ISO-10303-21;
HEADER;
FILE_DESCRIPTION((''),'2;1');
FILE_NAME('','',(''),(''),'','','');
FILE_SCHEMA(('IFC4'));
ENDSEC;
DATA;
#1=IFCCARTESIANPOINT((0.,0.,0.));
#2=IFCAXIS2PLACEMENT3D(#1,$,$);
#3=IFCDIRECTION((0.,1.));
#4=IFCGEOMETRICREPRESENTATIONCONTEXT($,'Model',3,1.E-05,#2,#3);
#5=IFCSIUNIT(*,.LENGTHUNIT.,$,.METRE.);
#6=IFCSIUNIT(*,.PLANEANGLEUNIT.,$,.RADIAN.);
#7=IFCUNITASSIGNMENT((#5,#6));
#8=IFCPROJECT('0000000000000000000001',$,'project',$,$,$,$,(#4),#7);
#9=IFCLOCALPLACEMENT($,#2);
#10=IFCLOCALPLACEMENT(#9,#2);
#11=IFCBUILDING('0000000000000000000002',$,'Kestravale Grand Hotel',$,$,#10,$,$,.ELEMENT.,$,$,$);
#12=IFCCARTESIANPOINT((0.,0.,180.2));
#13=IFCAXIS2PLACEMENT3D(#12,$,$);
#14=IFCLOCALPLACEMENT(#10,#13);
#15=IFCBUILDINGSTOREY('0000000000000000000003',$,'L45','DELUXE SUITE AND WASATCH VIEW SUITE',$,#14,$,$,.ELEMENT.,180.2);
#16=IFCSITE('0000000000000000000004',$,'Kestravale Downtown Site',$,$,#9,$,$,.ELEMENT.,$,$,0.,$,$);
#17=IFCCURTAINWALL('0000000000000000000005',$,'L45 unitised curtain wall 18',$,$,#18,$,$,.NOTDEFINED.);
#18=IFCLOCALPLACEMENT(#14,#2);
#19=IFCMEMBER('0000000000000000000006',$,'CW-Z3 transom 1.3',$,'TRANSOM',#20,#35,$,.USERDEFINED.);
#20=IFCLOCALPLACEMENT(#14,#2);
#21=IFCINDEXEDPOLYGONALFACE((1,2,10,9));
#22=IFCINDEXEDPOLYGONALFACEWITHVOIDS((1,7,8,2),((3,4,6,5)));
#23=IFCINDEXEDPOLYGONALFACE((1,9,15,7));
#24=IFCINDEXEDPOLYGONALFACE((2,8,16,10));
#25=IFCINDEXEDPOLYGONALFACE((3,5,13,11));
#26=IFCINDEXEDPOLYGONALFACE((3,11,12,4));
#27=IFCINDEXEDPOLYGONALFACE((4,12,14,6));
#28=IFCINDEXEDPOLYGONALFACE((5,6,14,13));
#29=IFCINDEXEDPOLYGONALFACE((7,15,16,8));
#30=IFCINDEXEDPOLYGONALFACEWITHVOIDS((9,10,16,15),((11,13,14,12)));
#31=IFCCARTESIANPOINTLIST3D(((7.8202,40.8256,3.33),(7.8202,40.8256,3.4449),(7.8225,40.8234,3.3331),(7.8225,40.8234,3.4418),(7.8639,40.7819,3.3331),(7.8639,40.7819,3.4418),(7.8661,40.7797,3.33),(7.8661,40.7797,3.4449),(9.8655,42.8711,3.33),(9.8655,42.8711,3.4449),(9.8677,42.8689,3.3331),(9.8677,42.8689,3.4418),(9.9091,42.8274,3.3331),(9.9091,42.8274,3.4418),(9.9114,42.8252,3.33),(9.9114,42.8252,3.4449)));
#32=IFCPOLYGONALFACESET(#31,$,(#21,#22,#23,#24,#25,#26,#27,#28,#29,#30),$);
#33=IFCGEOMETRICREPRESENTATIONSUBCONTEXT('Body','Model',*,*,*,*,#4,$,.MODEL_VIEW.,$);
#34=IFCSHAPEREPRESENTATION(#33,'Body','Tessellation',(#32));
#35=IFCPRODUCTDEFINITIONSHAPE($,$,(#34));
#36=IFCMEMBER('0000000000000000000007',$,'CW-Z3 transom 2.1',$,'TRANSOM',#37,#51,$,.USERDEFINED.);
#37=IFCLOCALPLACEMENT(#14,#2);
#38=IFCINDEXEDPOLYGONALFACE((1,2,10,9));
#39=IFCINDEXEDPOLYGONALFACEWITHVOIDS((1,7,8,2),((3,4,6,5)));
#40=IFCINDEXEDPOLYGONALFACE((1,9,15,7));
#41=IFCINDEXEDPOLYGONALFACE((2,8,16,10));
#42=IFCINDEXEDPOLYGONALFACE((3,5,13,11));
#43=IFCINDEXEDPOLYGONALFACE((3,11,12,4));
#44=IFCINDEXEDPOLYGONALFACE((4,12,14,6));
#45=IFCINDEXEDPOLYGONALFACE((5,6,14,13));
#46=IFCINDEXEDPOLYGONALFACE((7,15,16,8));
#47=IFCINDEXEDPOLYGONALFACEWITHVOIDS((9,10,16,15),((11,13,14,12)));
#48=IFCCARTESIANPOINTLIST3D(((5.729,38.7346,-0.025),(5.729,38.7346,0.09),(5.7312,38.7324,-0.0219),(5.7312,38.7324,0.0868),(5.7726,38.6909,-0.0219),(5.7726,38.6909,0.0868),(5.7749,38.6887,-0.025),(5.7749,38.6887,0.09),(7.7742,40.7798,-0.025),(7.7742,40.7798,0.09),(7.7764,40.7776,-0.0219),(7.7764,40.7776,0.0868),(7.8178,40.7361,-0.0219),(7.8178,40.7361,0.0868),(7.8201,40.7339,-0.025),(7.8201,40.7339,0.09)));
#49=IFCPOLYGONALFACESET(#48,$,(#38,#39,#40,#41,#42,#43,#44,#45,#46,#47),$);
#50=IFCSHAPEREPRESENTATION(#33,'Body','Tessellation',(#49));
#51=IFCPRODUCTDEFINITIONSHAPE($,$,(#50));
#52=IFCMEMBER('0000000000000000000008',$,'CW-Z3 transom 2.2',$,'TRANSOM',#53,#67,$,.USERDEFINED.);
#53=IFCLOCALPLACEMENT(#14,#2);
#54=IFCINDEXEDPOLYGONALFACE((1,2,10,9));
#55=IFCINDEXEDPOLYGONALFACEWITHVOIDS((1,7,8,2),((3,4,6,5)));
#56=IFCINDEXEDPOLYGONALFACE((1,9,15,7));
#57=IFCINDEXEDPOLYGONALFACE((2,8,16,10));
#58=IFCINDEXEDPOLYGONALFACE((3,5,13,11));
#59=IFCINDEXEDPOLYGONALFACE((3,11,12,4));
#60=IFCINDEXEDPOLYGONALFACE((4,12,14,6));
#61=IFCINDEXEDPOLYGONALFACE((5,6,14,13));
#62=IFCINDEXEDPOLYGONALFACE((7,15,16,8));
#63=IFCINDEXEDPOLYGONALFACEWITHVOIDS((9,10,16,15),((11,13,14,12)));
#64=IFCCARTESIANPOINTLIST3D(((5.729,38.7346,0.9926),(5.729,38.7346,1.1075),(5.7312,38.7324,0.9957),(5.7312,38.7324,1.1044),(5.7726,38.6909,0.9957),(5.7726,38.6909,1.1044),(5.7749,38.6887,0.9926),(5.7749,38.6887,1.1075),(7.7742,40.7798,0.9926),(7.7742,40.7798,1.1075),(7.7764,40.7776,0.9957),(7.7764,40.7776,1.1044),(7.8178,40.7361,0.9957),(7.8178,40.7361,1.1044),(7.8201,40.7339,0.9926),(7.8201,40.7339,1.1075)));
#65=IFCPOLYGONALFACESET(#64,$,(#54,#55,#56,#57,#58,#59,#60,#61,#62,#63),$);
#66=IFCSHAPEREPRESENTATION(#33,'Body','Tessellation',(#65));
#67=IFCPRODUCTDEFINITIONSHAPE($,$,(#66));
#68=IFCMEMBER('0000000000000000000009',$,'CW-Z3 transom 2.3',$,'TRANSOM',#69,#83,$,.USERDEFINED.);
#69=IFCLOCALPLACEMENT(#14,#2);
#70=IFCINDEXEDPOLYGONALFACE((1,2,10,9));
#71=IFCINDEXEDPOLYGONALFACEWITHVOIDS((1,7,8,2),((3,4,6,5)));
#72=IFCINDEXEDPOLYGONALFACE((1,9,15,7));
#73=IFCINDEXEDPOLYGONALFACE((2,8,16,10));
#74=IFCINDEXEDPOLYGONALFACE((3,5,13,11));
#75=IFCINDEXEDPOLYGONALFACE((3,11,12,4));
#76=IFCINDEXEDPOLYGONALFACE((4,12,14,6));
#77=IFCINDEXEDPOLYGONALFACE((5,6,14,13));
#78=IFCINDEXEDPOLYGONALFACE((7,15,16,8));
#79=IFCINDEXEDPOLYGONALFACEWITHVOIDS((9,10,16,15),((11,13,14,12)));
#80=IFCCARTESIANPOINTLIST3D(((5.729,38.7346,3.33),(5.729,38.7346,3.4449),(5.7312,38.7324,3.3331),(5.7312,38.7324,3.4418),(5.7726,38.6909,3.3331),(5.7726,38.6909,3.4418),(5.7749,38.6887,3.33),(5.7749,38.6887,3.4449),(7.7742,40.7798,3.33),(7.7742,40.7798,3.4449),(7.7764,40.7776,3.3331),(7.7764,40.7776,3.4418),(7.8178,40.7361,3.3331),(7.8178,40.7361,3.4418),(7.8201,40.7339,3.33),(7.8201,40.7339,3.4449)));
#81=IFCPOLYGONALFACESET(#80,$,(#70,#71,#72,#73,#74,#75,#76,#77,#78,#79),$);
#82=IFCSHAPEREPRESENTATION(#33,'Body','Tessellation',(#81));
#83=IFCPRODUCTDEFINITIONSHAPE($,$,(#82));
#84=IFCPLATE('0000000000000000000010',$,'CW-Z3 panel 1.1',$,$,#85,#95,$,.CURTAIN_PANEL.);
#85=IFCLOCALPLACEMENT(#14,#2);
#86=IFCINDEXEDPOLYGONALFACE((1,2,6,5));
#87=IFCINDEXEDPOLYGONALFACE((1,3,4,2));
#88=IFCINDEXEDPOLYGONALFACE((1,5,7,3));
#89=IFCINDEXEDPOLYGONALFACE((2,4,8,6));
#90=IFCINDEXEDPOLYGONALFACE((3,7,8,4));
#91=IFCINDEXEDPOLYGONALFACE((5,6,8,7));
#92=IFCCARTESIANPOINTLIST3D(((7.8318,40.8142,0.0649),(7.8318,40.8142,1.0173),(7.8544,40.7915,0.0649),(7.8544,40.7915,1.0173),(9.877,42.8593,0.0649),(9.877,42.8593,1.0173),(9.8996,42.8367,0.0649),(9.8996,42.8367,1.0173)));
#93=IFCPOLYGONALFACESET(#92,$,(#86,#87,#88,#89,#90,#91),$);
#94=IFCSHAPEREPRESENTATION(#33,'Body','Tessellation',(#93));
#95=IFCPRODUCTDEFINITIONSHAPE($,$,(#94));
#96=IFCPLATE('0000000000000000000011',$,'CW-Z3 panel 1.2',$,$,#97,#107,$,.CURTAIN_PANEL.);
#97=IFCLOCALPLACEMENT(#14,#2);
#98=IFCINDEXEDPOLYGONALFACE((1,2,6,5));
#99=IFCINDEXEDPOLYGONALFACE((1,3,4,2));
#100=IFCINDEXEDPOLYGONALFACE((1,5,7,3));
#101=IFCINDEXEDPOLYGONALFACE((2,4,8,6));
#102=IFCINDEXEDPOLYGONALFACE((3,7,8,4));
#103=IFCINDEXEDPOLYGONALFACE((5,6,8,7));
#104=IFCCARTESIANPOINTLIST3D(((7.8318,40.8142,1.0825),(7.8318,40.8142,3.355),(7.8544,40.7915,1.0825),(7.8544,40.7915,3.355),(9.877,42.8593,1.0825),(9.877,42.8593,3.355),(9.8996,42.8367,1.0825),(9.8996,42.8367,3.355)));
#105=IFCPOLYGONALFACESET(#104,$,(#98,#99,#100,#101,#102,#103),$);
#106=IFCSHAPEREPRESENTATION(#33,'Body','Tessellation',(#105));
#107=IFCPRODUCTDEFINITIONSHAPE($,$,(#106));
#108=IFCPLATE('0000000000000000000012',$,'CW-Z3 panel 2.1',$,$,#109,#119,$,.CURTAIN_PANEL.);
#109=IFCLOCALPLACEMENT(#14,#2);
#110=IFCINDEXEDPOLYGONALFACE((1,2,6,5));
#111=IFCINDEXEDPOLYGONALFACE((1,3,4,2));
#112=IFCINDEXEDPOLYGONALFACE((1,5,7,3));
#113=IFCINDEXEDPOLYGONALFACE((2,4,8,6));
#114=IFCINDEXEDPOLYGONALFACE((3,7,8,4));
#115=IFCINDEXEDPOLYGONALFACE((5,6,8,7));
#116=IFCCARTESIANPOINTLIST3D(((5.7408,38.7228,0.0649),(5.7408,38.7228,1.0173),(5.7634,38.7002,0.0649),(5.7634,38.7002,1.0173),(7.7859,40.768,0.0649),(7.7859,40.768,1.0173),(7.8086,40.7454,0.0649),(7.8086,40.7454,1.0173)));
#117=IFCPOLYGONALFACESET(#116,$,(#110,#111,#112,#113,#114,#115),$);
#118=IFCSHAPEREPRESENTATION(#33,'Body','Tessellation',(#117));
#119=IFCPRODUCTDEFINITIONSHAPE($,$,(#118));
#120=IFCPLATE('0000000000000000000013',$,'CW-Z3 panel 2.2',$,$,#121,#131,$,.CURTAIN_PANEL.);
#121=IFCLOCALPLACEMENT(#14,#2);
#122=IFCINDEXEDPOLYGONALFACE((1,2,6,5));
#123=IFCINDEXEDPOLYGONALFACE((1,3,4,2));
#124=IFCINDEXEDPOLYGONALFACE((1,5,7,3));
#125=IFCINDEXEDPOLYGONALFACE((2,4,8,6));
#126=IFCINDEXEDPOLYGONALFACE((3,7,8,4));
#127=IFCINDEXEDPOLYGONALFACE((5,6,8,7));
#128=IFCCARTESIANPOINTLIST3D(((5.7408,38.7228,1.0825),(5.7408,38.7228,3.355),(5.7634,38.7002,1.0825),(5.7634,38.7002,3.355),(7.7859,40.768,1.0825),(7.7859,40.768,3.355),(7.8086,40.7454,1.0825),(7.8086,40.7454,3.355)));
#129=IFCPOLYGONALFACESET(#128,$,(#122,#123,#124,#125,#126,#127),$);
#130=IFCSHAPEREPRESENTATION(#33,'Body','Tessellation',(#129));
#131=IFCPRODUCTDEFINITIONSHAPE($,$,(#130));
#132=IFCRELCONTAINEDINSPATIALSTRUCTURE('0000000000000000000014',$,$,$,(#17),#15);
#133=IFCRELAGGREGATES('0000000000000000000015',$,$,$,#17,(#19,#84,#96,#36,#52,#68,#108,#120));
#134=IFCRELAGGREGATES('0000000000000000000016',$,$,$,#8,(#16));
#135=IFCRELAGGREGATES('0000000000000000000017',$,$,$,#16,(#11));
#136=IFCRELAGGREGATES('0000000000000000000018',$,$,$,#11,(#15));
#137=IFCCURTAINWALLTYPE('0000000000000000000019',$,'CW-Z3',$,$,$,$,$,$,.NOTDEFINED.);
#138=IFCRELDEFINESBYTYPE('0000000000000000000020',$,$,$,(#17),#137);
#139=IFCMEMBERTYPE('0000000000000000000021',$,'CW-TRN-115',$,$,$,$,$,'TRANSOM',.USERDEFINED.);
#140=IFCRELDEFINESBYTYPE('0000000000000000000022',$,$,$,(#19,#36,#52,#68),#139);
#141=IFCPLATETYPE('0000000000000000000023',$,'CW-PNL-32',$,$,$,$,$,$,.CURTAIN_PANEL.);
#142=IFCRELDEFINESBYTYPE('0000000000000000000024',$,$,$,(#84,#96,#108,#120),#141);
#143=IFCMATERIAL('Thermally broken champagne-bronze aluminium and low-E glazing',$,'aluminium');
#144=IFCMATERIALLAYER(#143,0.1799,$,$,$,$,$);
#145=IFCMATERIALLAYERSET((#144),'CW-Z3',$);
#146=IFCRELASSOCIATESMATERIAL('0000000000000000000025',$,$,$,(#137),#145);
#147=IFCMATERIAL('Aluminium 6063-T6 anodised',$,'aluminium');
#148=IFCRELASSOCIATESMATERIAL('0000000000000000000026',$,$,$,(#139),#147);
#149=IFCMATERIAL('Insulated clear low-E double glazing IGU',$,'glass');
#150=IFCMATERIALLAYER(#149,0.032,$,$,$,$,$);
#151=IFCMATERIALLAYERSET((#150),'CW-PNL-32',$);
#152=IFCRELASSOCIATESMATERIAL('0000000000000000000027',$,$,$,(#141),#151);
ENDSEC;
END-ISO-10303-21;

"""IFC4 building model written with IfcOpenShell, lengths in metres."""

from ifc_helpers import new_model, si_unit, direction, frame, origin, origin_2d, place, context, subcontext, project, spatial, rectangle, hollow_rectangle, extrude, material, layer, layer_set, material_profile, profile_set, type_object, element, aggregate, save


model = new_model("IFC4")

# Units and contexts
model_context = context("Model", 3, precision=1e-05, world=origin(), true_north=direction((0.0, 1.0)))
body_context = subcontext(model_context, "Body", "Model", "MODEL_VIEW")
ifc_project = project(units=[si_unit("LENGTHUNIT", "METRE"), si_unit("PLANEANGLEUNIT", "RADIAN")], contexts=[model_context])

# Site, building, storey
site_placement = place(None, origin())
site = spatial("IfcSite", under=ifc_project, at=site_placement, Name="Kestravale Downtown Site", CompositionType="ELEMENT", RefElevation=0.0)
building_placement = place(site_placement, origin())
building = spatial("IfcBuilding", under=site, at=building_placement, Name="Kestravale Grand Hotel", CompositionType="ELEMENT")
storey_placement = place(building_placement, frame((0.0, 0.0, 180.2)))
storey = spatial("IfcBuildingStorey", under=building, at=storey_placement, Name="L45", Description="DELUXE SUITE AND WASATCH VIEW SUITE", CompositionType="ELEMENT", Elevation=180.2)

# Curtain wall, members, plates
ifc_material_1 = material(Name="Thermally broken champagne-bronze aluminium and low-E glazing", Category="aluminium")
ifc_layer_1 = layer(ifc_material_1, 0.1799)
ifc_layer_set_1 = layer_set([ifc_layer_1], Name="CW-Z3")
curtain_wall_type = type_object("IfcCurtainWallType", Name="CW-Z3", PredefinedType="NOTDEFINED", material=ifc_layer_set_1)
curtain_wall_placement = place(storey_placement, origin())
curtain_wall = element("IfcCurtainWall", 1, at=curtain_wall_placement, inside=storey, type_object=curtain_wall_type, Name="L45 unitised curtain wall 18", PredefinedType="NOTDEFINED")
ifc_material_2 = material(Name="Aluminium 6063-T6 anodised", Category="aluminium")
ifc_material_profile_1 = material_profile(ifc_material_2, hollow_rectangle(XDim=0.0649, YDim=0.115, WallThickness=0.0032, at=origin_2d()))
ifc_profile_set_1 = profile_set([ifc_material_profile_1], Name="Aluminium 6063-T6 anodised")
member_type_1 = type_object("IfcMemberType", Name="CW-TRN-115", ElementType="TRANSOM", PredefinedType="USERDEFINED", material=ifc_profile_set_1)
member_1_placement = place(storey_placement, frame((9.8884, 42.8481, 3.3875), z_axis=(-0.707065, -0.707149, 0.0), x_axis=(0.707149, -0.707065, 0.0)))
member_1 = element("IfcMember", 2, at=member_1_placement, type_object=member_type_1, Name="CW-Z3 transom 1.3", ObjectType="TRANSOM", PredefinedType="USERDEFINED", context=body_context, shape_type="SweptSolid", body=[
    extrude(hollow_rectangle(XDim=0.0649, YDim=0.115, WallThickness=0.0032, at=origin_2d()), origin(), (0.0, 0.0, 1.0), 2.8926),
])
member_2_placement = place(storey_placement, frame((7.7971, 40.7568, 0.0325), z_axis=(-0.707107, -0.707107, 0.0), x_axis=(0.707107, -0.707107, 0.0)))
member_2 = element("IfcMember", 3, at=member_2_placement, type_object=member_type_1, Name="CW-Z3 transom 2.1", ObjectType="TRANSOM", PredefinedType="USERDEFINED", context=body_context, shape_type="SweptSolid", body=[
    extrude(hollow_rectangle(XDim=0.0649, YDim=0.115, WallThickness=0.0032, at=origin_2d()), origin(), (0.0, 0.0, 1.0), 2.8923),
])
member_3_placement = place(storey_placement, frame((7.7971, 40.7568, 1.05), z_axis=(-0.707107, -0.707107, 0.0), x_axis=(0.707107, -0.707107, 0.0)))
member_3 = element("IfcMember", 4, at=member_3_placement, type_object=member_type_1, Name="CW-Z3 transom 2.2", ObjectType="TRANSOM", PredefinedType="USERDEFINED", context=body_context, shape_type="SweptSolid", body=[
    extrude(hollow_rectangle(XDim=0.0649, YDim=0.115, WallThickness=0.0032, at=origin_2d()), origin(), (0.0, 0.0, 1.0), 2.8923),
])
member_4_placement = place(storey_placement, frame((7.7971, 40.7568, 3.3875), z_axis=(-0.707107, -0.707107, 0.0), x_axis=(0.707107, -0.707107, 0.0)))
member_4 = element("IfcMember", 5, at=member_4_placement, type_object=member_type_1, Name="CW-Z3 transom 2.3", ObjectType="TRANSOM", PredefinedType="USERDEFINED", context=body_context, shape_type="SweptSolid", body=[
    extrude(hollow_rectangle(XDim=0.0649, YDim=0.115, WallThickness=0.0032, at=origin_2d()), origin(), (0.0, 0.0, 1.0), 2.8923),
])
ifc_material_3 = material(Name="Insulated clear low-E double glazing IGU", Category="glass")
ifc_layer_2 = layer(ifc_material_3, 0.032)
ifc_layer_set_2 = layer_set([ifc_layer_2], Name="CW-PNL-32")
plate_type = type_object("IfcPlateType", Name="CW-PNL-32", PredefinedType="CURTAIN_PANEL", material=ifc_layer_set_2)
plate_1_placement = place(storey_placement, frame((8.8657, 41.8254, 0.0649), z_axis=(0.0, 0.0, 1.0), x_axis=(-0.707107, -0.707107, 0.0)))
plate_1 = element("IfcPlate", 6, at=plate_1_placement, type_object=plate_type, Name="CW-Z3 panel 1.1", PredefinedType="CURTAIN_PANEL", context=body_context, shape_type="SweptSolid", body=[
    extrude(rectangle(XDim=2.8923, YDim=0.032, at=origin_2d()), origin(), (0.0, 0.0, 1.0), 0.9524),
])
plate_2_placement = place(storey_placement, frame((8.8657, 41.8254, 1.0825), z_axis=(0.0, 0.0, 1.0), x_axis=(-0.707107, -0.707107, 0.0)))
plate_2 = element("IfcPlate", 7, at=plate_2_placement, type_object=plate_type, Name="CW-Z3 panel 1.2", PredefinedType="CURTAIN_PANEL", context=body_context, shape_type="SweptSolid", body=[
    extrude(rectangle(XDim=2.8923, YDim=0.032, at=origin_2d()), origin(), (0.0, 0.0, 1.0), 2.2725),
])
plate_3_placement = place(storey_placement, frame((6.7747, 39.7341, 0.0649), z_axis=(0.0, 0.0, 1.0), x_axis=(-0.707107, -0.707107, 0.0)))
plate_3 = element("IfcPlate", 8, at=plate_3_placement, type_object=plate_type, Name="CW-Z3 panel 2.1", PredefinedType="CURTAIN_PANEL", context=body_context, shape_type="SweptSolid", body=[
    extrude(rectangle(XDim=2.8923, YDim=0.032, at=origin_2d()), origin(), (0.0, 0.0, 1.0), 0.9524),
])
plate_4_placement = place(storey_placement, frame((6.7747, 39.7341, 1.0825), z_axis=(0.0, 0.0, 1.0), x_axis=(-0.707107, -0.707107, 0.0)))
plate_4 = element("IfcPlate", 9, at=plate_4_placement, type_object=plate_type, Name="CW-Z3 panel 2.2", PredefinedType="CURTAIN_PANEL", context=body_context, shape_type="SweptSolid", body=[
    extrude(rectangle(XDim=2.8923, YDim=0.032, at=origin_2d()), origin(), (0.0, 0.0, 1.0), 2.2725),
])
aggregate(curtain_wall, [member_1, plate_1, plate_2, member_2, member_3, member_4, plate_3, plate_4])

save(model, "model.ifc")
